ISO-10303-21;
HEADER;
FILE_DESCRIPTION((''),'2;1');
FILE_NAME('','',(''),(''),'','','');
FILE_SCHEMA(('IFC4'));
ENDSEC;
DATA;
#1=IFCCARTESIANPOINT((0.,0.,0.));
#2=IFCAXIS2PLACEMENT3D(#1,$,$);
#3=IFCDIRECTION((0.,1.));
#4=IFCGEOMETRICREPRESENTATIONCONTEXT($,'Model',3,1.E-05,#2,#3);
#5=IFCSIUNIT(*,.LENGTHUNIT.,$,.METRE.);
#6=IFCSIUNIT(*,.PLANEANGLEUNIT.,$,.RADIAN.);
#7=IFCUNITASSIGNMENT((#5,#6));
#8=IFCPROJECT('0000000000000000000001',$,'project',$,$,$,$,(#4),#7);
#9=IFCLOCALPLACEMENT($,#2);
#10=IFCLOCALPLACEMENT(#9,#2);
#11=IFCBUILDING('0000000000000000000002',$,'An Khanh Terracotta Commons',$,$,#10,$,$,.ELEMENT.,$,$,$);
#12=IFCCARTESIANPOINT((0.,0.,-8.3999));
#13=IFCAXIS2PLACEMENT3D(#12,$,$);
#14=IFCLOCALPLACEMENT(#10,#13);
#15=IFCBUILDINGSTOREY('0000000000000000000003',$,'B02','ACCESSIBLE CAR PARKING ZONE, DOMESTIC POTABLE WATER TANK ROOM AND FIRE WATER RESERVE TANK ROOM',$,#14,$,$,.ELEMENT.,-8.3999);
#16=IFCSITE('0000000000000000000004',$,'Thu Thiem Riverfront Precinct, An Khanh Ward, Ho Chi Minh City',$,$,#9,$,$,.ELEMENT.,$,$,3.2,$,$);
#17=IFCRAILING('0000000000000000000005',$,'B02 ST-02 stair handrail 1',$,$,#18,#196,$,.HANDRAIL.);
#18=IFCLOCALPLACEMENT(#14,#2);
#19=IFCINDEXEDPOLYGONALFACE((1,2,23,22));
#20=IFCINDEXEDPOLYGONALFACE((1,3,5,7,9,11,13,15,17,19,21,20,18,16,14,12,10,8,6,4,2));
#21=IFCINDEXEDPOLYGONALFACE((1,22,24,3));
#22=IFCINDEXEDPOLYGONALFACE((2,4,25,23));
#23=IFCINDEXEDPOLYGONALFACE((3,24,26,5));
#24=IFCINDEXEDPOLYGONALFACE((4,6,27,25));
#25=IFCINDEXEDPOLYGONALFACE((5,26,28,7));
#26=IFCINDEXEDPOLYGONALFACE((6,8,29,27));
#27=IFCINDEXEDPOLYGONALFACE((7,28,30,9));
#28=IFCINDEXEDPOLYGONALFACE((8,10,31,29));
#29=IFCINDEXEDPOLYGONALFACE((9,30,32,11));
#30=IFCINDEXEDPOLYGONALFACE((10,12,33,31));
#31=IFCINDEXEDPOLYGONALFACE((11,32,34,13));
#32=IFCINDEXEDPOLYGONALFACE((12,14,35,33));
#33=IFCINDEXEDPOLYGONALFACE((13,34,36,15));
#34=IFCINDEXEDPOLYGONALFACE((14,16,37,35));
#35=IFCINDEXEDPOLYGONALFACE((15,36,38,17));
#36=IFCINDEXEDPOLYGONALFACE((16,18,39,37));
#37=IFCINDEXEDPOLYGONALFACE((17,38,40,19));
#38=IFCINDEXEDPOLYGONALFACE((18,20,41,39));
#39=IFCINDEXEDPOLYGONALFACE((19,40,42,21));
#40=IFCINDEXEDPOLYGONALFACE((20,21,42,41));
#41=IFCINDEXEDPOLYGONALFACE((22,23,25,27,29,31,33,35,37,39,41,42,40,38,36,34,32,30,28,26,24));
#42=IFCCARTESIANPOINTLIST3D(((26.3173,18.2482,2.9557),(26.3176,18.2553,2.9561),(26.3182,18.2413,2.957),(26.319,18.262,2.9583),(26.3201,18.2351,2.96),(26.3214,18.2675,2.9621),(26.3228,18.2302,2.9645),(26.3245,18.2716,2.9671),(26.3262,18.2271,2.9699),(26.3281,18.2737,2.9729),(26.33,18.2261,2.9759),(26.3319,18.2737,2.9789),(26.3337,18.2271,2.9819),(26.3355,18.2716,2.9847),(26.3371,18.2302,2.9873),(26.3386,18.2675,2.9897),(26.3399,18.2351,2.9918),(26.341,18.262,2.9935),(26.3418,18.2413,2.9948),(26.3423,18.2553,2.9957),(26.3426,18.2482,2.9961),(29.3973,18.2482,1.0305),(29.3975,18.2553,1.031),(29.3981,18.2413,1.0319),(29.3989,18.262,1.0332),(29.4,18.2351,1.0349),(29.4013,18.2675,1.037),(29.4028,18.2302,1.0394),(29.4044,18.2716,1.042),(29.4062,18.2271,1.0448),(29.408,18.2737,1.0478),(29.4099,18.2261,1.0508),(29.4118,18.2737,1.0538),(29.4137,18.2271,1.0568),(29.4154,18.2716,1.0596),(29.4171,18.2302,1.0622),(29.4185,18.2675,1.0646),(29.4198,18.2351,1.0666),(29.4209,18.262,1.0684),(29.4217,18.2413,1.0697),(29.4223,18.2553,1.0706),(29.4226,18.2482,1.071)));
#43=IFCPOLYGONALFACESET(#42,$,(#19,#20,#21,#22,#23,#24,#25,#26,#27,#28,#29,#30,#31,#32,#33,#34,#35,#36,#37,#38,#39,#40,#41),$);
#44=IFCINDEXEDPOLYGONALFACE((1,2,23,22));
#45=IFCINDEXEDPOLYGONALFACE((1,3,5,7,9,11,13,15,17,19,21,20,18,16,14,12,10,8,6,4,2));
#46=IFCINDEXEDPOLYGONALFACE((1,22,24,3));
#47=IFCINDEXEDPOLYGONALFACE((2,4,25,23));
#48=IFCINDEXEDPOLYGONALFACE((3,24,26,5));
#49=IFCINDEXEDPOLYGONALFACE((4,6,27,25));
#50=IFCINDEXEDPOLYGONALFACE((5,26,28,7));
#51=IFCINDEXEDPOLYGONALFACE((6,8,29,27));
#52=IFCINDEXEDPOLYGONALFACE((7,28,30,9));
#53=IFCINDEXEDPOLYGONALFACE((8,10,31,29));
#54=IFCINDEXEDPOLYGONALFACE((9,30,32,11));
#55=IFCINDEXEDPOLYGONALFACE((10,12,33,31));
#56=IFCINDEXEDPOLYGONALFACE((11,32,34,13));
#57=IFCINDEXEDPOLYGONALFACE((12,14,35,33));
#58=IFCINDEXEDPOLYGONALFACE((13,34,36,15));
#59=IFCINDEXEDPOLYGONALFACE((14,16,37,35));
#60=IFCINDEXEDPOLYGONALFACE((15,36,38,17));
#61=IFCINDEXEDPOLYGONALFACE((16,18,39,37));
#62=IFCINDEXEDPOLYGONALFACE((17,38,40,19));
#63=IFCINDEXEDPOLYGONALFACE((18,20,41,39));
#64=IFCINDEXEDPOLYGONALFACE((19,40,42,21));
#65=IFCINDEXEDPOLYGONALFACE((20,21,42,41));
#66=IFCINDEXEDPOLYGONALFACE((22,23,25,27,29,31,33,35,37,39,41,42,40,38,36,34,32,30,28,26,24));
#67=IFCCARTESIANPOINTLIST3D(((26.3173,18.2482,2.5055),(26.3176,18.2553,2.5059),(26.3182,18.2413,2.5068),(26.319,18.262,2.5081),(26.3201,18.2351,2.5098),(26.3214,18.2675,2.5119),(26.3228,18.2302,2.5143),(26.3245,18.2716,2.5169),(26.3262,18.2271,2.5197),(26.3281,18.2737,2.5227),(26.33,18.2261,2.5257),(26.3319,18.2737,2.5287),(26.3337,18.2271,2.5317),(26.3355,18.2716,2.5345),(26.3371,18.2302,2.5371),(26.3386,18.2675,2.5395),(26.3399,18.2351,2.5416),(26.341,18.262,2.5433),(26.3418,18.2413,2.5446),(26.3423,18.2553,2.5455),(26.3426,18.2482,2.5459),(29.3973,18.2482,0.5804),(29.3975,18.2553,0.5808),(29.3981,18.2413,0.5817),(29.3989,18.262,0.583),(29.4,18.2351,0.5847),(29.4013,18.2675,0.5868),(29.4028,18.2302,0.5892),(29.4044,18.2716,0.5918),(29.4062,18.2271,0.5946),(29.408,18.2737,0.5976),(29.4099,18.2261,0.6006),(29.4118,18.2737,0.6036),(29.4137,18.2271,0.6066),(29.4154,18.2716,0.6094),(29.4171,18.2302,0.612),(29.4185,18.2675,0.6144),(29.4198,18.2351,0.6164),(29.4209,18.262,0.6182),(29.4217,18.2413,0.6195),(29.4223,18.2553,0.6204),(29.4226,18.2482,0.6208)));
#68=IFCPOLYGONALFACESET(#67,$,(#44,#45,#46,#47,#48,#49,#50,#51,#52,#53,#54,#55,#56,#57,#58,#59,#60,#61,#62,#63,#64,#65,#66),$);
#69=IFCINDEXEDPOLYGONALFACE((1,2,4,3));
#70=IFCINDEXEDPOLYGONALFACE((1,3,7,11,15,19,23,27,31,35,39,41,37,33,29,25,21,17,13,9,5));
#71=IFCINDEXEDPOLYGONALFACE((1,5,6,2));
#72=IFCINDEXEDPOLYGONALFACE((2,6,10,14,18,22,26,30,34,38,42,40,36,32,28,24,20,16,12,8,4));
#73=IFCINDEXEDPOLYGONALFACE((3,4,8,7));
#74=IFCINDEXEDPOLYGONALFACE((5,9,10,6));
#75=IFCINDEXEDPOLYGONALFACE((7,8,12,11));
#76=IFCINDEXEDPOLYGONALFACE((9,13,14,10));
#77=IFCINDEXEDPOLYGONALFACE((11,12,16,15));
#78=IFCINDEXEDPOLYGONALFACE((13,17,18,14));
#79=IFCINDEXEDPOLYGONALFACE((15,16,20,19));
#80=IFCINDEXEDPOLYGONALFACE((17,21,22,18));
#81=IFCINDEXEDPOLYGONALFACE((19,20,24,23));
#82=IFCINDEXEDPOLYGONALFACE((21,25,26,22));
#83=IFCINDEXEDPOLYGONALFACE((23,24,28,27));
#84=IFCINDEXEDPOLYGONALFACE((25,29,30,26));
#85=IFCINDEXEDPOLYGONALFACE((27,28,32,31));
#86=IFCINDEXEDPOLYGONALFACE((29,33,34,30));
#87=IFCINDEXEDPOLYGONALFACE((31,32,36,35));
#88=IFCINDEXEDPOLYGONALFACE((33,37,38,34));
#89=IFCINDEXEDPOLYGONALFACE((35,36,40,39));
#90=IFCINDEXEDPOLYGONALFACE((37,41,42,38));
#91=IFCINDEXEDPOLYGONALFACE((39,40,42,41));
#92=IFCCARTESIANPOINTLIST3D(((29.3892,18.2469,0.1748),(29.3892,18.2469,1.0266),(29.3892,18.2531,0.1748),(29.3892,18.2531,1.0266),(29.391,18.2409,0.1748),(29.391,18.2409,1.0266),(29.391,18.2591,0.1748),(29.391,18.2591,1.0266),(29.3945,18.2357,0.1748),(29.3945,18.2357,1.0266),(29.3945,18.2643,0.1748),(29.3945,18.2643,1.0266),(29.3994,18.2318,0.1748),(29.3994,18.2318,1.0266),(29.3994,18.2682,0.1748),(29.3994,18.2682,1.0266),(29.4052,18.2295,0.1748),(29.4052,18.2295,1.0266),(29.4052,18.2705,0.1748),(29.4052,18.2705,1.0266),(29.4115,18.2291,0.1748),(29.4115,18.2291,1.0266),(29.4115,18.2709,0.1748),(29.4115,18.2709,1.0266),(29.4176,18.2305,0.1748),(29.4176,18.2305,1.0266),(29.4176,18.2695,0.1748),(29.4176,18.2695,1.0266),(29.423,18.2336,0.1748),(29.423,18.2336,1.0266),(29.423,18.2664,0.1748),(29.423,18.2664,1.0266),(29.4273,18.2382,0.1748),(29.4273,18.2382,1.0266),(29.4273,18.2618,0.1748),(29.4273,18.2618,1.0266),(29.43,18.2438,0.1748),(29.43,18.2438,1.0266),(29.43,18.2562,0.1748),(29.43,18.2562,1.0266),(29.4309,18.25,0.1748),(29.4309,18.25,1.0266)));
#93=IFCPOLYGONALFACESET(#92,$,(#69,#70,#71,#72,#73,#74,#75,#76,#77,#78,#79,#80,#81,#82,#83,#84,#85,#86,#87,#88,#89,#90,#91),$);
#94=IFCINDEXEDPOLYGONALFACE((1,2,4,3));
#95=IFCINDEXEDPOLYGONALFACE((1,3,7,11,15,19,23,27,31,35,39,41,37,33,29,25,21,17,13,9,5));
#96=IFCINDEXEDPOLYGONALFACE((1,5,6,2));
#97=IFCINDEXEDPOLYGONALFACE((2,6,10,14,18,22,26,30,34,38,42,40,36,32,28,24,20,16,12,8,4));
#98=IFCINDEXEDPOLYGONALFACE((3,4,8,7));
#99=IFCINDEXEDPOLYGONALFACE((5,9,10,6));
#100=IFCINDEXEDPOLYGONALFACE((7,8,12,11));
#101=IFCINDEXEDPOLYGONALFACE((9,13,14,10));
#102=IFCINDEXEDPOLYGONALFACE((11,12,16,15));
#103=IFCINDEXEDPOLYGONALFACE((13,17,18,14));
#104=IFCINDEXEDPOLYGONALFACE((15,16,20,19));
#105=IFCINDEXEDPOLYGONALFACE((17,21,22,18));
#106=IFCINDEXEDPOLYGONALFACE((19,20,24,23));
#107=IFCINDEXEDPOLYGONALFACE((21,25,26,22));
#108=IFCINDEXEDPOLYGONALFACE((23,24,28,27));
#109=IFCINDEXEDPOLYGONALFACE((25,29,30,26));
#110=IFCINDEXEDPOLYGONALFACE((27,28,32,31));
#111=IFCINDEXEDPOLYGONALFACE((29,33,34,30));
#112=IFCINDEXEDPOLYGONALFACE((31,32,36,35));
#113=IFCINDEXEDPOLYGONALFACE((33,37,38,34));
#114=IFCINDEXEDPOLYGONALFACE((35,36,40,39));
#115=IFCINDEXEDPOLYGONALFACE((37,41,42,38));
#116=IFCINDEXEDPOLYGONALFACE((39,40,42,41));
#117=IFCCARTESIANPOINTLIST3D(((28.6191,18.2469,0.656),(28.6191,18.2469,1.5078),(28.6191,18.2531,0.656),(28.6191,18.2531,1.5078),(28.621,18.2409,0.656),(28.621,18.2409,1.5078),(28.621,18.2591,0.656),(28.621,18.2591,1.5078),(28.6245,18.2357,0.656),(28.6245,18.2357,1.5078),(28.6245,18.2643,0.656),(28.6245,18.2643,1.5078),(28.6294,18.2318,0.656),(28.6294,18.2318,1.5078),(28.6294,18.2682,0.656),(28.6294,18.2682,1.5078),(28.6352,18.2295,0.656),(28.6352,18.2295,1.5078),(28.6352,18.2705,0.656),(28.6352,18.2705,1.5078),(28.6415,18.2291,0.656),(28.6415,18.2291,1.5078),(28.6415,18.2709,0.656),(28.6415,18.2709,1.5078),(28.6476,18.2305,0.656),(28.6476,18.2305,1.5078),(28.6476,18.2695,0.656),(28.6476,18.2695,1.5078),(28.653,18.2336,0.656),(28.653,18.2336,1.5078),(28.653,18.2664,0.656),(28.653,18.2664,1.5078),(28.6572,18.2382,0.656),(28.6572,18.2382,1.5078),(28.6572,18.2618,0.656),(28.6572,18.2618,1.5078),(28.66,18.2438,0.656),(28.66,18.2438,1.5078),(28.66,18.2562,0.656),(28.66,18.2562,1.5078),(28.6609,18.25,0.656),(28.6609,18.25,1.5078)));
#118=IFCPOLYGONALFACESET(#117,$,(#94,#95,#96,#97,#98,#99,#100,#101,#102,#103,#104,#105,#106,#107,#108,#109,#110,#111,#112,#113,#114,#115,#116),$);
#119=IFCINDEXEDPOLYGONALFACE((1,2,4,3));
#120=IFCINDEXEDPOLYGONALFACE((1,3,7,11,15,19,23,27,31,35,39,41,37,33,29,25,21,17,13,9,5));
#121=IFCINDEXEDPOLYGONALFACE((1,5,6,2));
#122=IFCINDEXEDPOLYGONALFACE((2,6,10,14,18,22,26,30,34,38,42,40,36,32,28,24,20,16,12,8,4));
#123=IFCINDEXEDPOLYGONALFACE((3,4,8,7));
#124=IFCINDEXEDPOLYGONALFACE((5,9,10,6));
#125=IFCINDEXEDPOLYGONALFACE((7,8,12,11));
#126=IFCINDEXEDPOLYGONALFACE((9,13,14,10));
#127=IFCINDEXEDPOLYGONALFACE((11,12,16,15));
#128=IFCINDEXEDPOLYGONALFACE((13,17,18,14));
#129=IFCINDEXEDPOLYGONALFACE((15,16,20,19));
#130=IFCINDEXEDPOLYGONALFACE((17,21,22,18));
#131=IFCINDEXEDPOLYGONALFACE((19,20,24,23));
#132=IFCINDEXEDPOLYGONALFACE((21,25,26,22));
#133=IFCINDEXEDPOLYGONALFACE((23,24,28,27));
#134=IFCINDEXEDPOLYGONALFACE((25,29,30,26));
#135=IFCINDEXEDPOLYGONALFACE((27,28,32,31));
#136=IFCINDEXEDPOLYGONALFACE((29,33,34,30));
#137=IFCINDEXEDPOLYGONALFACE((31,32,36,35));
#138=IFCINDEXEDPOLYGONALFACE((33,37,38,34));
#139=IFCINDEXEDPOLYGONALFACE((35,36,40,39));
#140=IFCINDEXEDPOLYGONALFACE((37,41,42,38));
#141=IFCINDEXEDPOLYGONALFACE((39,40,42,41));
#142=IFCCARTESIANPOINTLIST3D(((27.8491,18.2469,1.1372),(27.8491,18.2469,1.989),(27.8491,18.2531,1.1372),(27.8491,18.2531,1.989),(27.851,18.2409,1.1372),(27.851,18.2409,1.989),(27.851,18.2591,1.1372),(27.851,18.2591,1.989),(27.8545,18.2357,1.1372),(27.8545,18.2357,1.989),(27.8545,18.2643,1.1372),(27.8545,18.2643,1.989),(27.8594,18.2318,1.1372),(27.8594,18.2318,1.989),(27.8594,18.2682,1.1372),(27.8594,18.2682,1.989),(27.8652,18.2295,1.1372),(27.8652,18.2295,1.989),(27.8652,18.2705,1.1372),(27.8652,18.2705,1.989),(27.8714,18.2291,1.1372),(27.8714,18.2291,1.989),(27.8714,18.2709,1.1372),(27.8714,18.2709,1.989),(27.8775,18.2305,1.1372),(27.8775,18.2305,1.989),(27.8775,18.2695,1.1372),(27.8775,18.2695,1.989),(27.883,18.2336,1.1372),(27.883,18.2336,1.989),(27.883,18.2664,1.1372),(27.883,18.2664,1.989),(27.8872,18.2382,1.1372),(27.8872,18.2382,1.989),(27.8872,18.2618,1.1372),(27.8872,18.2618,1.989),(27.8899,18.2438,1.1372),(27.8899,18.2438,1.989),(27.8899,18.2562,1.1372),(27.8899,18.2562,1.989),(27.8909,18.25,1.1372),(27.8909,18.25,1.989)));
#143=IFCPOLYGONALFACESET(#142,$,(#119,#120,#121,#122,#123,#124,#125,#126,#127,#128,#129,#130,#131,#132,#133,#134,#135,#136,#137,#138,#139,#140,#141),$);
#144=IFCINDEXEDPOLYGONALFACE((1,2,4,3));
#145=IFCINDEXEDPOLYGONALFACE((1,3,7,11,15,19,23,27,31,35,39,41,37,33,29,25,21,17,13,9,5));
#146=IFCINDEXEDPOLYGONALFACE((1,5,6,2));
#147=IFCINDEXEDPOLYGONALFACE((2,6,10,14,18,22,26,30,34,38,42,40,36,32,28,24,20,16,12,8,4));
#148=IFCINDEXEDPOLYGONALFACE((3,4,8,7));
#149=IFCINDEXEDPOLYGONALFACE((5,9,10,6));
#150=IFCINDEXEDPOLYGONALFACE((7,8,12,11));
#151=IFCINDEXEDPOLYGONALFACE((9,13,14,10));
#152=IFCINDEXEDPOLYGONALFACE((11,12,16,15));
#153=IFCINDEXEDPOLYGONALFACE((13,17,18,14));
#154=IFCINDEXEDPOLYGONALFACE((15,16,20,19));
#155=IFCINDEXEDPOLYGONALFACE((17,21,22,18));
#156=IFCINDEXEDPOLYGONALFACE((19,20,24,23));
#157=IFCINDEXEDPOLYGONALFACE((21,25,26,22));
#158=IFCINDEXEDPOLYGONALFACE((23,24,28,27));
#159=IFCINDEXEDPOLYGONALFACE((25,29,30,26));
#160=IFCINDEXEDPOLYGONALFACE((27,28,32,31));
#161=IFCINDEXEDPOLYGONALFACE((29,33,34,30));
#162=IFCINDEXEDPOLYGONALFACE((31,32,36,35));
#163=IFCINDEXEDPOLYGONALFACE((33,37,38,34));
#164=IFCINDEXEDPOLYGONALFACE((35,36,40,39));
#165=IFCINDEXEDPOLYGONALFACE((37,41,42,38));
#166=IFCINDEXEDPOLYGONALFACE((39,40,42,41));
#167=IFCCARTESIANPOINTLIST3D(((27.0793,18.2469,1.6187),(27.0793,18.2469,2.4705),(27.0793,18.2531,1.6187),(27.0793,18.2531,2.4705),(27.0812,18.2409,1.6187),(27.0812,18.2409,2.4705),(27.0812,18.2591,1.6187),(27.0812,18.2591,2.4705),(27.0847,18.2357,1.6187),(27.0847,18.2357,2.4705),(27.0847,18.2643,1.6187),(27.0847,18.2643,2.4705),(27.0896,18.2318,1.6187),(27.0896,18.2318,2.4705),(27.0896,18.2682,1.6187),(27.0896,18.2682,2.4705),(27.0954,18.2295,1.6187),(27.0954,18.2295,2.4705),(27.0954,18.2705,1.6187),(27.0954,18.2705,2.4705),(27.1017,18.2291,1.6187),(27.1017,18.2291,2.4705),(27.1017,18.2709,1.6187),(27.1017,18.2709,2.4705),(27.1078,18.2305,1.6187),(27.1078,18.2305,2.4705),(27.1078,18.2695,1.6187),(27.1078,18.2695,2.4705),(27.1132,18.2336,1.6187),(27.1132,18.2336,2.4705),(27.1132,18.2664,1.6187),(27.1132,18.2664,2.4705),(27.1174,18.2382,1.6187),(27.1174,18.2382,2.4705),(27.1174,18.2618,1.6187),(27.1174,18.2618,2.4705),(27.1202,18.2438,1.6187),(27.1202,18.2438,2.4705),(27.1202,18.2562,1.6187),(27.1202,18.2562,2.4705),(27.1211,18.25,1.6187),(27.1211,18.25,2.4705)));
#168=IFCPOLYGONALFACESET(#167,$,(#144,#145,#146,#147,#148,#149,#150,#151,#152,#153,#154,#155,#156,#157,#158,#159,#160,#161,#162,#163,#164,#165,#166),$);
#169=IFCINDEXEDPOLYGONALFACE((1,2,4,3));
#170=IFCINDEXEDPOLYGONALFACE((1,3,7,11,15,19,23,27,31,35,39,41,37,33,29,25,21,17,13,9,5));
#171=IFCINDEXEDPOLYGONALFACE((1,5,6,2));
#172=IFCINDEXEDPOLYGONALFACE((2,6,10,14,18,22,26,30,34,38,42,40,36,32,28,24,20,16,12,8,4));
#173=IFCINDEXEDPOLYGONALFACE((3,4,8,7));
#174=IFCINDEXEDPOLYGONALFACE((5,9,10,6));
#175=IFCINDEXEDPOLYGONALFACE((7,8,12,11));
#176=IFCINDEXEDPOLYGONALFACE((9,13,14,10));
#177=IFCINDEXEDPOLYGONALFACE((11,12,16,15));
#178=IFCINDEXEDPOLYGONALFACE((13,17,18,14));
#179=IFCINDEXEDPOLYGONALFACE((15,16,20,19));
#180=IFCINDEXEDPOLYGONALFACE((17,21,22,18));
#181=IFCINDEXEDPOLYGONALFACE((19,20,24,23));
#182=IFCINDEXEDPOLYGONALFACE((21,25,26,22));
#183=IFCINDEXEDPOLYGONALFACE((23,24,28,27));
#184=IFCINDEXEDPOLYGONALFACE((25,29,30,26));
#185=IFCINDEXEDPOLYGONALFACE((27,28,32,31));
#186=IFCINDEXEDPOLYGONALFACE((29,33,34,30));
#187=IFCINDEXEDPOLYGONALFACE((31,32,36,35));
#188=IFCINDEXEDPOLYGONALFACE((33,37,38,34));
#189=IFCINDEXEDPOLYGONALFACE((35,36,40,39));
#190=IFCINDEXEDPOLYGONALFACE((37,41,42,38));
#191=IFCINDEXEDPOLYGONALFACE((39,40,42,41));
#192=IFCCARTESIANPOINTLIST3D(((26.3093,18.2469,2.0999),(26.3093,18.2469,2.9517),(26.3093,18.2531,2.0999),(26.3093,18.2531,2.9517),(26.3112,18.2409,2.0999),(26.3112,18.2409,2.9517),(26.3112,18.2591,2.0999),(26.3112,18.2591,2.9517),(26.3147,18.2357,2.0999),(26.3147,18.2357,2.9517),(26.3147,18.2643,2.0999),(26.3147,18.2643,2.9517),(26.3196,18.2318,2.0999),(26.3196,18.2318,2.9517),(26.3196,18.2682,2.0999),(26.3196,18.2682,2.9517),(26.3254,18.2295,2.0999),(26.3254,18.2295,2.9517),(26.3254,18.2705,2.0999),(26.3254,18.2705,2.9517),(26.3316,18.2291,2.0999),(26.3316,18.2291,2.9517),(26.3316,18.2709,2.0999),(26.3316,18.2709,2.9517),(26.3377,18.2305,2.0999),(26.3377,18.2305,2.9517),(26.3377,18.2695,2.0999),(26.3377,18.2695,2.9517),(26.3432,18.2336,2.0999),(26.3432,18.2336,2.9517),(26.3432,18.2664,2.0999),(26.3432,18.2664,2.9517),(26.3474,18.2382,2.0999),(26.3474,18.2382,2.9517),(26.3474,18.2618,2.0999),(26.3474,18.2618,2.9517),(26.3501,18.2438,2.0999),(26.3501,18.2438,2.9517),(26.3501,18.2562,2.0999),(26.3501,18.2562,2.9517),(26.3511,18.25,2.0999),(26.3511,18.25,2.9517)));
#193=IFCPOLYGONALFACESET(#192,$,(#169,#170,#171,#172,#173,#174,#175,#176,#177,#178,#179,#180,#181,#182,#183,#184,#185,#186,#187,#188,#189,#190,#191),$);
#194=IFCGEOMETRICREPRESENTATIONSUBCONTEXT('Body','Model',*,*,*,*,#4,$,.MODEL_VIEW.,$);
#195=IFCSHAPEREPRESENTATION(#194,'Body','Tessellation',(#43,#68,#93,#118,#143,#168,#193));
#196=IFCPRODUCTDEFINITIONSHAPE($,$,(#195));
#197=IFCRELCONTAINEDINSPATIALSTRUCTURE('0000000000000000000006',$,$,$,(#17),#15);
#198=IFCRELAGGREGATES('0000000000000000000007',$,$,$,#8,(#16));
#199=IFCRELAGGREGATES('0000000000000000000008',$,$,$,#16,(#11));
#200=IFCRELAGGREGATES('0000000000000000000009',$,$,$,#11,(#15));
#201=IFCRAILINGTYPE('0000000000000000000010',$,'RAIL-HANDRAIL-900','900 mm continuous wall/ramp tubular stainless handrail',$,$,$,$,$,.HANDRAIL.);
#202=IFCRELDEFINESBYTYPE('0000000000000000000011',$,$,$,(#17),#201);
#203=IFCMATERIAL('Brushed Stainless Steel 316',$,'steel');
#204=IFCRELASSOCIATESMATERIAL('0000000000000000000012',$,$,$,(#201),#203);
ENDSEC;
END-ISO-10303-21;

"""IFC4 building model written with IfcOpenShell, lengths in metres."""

from ifc_helpers import new_model, si_unit, direction, frame, origin, origin_2d, place, context, subcontext, project, spatial, circle, extrude, material, type_object, element, save


model = new_model("IFC4")

# Units and contexts
model_context = context("Model", 3, precision=1e-05, world=origin(), true_north=direction((0.0, 1.0)))
body_context = subcontext(model_context, "Body", "Model", "MODEL_VIEW")
ifc_project = project(units=[si_unit("LENGTHUNIT", "METRE"), si_unit("PLANEANGLEUNIT", "RADIAN")], contexts=[model_context])

# Site, building, storey
site_placement = place(None, origin())
site = spatial("IfcSite", under=ifc_project, at=site_placement, Name="Thu Thiem Riverfront Precinct, An Khanh Ward, Ho Chi Minh City", CompositionType="ELEMENT", RefElevation=3.2)
building_placement = place(site_placement, origin())
building = spatial("IfcBuilding", under=site, at=building_placement, Name="An Khanh Terracotta Commons", CompositionType="ELEMENT")
storey_placement = place(building_placement, frame((0.0, 0.0, -8.3999)))
storey = spatial("IfcBuildingStorey", under=building, at=storey_placement, Name="B02", Description="ACCESSIBLE CAR PARKING ZONE, DOMESTIC POTABLE WATER TANK ROOM AND FIRE WATER RESERVE TANK ROOM", CompositionType="ELEMENT", Elevation=-8.3999)

# Railing
ifc_material_1 = material(Name="Brushed Stainless Steel 316", Category="steel")
railing_type_1 = type_object("IfcRailingType", Name="RAIL-HANDRAIL-900", Description="900 mm continuous wall/ramp tubular stainless handrail", PredefinedType="HANDRAIL", material=ifc_material_1)
railing_1_placement = place(storey_placement, frame((29.4099, 18.25, 0.1748)))
element("IfcRailing", 1, at=railing_1_placement, inside=storey, type_object=railing_type_1, Name="B02 ST-02 stair handrail 1", PredefinedType="HANDRAIL", context=body_context, shape_type="SweptSolid", body=[
    extrude(circle(Radius=0.0239, at=origin_2d()), frame((0.0, 0.0, 0.876), z_axis=(-0.847979, 0.0, 0.530029), x_axis=(0.0, -1.0, 0.0)), (0.0, 0.0, 1.0), 3.6321),
    extrude(circle(Radius=0.0239, at=origin_2d()), frame((0.0, 0.0, 0.4258), z_axis=(-0.847979, 0.0, 0.530029), x_axis=(0.0, -1.0, 0.0)), (0.0, 0.0, 1.0), 3.6321),
    extrude(circle(Radius=0.021, at=origin_2d()), origin(), (0.0, 0.0, 1.0), 0.8518),
    extrude(circle(Radius=0.021, at=origin_2d()), frame((-0.77, 0.0, 0.4812)), (0.0, 0.0, 1.0), 0.8518),
    extrude(circle(Radius=0.021, at=origin_2d()), frame((-1.54, 0.0, 0.9624)), (0.0, 0.0, 1.0), 0.8518),
    extrude(circle(Radius=0.021, at=origin_2d()), frame((-2.3098, 0.0, 1.4438)), (0.0, 0.0, 1.0), 0.8518),
    extrude(circle(Radius=0.021, at=origin_2d()), frame((-3.0798, 0.0, 1.925)), (0.0, 0.0, 1.0), 0.8518),
])

save(model, "model.ifc")
